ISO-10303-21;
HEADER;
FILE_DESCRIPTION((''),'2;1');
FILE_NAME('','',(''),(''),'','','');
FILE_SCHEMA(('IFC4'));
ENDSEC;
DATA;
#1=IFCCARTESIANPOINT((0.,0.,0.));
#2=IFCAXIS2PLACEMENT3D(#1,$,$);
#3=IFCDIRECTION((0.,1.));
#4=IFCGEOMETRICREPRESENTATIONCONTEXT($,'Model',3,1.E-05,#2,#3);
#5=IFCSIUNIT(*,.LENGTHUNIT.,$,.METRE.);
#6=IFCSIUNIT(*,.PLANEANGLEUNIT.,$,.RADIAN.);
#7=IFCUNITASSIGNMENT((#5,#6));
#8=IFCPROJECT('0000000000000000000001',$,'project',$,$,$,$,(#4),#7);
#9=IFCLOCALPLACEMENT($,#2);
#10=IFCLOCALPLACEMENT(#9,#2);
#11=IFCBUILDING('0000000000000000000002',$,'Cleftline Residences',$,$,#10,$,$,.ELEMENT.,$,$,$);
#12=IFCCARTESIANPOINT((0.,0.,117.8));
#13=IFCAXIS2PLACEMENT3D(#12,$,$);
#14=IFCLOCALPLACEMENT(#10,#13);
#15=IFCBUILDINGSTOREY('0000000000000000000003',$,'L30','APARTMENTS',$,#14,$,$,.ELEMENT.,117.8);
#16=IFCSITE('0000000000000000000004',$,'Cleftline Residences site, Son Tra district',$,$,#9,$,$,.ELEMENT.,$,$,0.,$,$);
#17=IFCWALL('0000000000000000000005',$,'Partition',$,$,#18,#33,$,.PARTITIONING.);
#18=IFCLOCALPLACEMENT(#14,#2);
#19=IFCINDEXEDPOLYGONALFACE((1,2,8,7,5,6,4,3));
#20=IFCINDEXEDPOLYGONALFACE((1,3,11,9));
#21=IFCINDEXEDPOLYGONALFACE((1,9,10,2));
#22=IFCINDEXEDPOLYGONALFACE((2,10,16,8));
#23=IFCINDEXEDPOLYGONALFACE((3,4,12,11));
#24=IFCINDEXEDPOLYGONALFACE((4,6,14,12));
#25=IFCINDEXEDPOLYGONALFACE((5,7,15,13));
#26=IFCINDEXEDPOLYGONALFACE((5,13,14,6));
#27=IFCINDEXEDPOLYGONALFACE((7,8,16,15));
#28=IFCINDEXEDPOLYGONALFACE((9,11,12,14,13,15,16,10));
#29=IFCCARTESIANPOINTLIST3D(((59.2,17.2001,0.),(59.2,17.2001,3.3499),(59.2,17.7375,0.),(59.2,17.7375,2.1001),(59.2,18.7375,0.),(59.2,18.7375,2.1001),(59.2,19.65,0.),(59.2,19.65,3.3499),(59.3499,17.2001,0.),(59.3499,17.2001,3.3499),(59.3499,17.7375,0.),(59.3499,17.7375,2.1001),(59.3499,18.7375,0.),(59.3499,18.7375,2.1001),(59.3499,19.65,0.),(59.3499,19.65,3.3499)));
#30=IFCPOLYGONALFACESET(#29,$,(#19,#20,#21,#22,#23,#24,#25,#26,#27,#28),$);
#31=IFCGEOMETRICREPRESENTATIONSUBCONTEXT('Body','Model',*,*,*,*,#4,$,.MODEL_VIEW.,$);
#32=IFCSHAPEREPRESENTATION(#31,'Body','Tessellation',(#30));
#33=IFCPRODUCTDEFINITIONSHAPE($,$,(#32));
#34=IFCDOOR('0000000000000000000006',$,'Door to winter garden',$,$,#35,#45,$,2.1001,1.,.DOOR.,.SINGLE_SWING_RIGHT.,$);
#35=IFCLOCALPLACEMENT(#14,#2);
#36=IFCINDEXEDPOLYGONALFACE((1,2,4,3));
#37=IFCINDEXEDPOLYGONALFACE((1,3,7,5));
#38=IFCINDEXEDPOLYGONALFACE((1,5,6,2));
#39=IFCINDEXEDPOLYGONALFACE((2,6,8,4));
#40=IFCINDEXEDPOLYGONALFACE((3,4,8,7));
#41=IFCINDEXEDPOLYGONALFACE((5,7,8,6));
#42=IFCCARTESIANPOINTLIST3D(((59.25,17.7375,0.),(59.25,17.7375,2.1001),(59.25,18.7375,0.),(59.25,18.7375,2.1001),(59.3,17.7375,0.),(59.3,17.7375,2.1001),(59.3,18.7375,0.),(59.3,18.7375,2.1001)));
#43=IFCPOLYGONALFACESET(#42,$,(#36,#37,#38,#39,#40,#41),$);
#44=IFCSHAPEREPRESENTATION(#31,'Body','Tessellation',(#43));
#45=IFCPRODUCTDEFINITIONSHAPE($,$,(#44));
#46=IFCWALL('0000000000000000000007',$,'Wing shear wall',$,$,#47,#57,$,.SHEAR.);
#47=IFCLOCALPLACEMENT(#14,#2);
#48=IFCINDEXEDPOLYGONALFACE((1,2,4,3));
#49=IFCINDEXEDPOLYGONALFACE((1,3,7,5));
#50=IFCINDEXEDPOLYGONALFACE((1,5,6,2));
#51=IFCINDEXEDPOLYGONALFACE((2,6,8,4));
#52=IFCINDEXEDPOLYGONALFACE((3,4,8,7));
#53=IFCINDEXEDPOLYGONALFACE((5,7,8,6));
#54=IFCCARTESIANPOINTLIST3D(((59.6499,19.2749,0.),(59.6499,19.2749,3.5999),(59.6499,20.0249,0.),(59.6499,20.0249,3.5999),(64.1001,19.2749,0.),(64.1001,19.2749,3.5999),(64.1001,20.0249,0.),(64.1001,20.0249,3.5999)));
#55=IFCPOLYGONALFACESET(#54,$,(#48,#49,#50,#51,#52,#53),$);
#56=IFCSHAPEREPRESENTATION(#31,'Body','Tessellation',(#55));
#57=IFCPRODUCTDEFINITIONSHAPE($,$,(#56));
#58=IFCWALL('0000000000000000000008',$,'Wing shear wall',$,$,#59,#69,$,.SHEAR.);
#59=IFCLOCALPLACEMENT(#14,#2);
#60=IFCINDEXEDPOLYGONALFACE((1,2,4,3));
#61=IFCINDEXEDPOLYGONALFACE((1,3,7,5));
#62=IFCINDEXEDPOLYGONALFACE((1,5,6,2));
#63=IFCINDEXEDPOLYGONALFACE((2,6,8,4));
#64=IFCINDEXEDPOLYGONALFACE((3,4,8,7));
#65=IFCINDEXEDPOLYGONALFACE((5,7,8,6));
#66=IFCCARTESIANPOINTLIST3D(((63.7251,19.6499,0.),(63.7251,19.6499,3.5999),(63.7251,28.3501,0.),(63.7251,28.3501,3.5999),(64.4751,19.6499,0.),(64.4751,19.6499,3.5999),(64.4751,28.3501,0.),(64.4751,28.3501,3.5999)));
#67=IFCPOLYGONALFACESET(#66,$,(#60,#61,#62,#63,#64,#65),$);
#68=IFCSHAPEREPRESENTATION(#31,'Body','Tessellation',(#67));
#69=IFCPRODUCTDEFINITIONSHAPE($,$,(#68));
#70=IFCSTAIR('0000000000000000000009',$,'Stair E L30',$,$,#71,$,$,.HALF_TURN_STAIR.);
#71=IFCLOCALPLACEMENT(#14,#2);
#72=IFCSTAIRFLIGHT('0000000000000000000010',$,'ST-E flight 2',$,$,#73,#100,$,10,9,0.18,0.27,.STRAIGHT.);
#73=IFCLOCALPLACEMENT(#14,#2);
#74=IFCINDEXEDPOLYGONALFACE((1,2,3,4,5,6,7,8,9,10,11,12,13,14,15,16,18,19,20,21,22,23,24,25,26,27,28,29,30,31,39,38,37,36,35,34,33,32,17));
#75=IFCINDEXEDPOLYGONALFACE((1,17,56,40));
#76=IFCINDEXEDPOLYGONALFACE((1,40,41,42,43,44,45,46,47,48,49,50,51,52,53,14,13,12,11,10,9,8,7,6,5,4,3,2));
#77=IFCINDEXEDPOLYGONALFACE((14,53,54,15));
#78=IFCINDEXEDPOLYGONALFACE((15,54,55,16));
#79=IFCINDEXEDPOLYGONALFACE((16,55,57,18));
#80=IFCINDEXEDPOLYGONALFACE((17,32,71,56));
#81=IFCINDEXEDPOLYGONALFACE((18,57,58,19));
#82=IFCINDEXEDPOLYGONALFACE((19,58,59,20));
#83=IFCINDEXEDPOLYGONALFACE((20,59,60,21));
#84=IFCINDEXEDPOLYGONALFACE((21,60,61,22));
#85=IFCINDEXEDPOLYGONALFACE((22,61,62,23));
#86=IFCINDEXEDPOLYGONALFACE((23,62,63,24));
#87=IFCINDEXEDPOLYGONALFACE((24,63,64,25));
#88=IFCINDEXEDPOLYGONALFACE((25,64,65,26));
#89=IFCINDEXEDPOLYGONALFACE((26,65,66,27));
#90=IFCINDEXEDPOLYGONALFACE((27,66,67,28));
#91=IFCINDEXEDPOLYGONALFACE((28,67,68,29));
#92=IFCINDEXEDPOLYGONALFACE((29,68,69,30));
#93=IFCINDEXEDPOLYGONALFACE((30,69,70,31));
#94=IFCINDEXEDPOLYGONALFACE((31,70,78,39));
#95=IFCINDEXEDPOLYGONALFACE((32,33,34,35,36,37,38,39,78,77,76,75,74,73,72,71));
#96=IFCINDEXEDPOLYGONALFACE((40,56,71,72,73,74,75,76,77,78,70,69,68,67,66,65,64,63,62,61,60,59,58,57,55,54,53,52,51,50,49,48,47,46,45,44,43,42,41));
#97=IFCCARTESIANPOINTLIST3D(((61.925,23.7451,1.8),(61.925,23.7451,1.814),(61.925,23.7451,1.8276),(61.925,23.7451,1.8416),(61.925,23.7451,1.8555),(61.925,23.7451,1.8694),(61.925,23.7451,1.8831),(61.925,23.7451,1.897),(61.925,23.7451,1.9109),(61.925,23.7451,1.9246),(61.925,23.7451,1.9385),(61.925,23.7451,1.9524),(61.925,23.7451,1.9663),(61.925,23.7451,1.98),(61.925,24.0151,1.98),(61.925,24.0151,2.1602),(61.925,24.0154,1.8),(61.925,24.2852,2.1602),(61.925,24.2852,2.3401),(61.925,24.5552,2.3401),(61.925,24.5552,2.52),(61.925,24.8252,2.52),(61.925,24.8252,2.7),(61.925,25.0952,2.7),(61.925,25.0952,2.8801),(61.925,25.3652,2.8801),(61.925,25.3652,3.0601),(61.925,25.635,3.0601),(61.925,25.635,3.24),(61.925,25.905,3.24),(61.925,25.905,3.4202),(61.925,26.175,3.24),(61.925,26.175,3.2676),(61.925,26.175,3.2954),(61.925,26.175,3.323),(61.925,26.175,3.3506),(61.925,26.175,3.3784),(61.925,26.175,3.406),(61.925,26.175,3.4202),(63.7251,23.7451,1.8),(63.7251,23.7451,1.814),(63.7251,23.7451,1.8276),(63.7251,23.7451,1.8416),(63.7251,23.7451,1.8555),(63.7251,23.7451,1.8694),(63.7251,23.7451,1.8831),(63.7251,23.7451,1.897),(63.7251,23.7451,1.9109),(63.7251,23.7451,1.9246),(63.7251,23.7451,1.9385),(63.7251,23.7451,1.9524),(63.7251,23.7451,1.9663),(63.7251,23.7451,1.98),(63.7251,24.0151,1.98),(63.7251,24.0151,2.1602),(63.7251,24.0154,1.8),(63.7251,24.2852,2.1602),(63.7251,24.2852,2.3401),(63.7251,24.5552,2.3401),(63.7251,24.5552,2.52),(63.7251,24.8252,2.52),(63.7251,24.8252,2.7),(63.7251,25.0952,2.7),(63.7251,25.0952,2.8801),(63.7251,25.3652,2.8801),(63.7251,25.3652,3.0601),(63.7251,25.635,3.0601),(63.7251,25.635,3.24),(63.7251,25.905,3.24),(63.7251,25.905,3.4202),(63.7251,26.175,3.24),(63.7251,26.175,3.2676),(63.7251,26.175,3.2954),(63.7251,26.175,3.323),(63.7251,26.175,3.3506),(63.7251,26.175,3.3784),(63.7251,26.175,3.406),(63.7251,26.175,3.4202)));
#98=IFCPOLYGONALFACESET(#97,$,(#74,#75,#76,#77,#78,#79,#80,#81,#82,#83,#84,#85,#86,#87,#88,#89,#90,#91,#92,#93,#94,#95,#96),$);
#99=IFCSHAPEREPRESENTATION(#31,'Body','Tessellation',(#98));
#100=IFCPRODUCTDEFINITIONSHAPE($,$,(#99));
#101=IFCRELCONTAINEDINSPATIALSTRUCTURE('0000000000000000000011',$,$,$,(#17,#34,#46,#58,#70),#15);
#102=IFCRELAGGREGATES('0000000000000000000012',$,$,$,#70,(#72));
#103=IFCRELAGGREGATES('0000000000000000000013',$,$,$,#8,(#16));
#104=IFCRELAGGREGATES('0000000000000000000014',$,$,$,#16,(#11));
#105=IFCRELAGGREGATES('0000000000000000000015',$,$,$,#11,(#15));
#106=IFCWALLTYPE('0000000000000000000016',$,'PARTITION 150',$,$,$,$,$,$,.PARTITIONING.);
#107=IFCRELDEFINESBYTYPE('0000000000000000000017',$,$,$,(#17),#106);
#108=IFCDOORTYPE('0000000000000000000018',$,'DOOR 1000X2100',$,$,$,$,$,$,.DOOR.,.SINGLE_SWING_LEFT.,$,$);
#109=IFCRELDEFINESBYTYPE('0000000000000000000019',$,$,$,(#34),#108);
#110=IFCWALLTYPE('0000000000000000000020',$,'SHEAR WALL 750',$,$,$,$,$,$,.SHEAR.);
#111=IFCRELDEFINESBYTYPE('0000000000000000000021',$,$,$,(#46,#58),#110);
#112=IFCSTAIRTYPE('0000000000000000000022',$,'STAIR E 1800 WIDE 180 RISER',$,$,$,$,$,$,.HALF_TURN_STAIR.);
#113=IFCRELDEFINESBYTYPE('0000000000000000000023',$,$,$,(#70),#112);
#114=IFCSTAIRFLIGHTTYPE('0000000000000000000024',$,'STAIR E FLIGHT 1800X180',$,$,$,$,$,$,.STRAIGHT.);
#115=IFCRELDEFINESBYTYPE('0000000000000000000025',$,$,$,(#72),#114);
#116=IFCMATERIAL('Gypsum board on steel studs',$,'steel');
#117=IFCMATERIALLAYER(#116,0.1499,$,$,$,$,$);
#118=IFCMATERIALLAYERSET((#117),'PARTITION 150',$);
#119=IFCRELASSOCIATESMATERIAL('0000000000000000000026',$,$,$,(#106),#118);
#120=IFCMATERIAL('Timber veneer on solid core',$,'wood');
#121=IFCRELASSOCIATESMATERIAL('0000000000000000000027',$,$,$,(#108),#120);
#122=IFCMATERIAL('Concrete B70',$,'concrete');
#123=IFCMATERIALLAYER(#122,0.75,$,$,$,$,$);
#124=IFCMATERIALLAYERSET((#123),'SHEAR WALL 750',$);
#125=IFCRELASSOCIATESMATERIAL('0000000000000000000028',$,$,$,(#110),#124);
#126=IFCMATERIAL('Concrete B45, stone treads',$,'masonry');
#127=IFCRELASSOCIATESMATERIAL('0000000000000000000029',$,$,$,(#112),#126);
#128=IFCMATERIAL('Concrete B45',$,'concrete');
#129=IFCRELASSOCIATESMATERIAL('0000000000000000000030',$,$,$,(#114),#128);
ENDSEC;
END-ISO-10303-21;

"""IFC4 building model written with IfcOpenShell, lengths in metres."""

from ifc_helpers import new_model, si_unit, direction, frame, frame_2d, origin, place, context, subcontext, project, spatial, polyline, rectangle, outline, extrude, material, layer, layer_set, type_object, element, fill, aggregate, save


model = new_model("IFC4")

# Units and contexts
model_context = context("Model", 3, precision=1e-05, world=origin(), true_north=direction((0.0, 1.0)))
body_context = subcontext(model_context, "Body", "Model", "MODEL_VIEW")
ifc_project = project(units=[si_unit("LENGTHUNIT", "METRE"), si_unit("PLANEANGLEUNIT", "RADIAN")], contexts=[model_context])

# Site, building, storey
site_placement = place(None, origin())
site = spatial("IfcSite", under=ifc_project, at=site_placement, Name="Cleftline Residences site, Son Tra district", CompositionType="ELEMENT", RefElevation=0.0)
building_placement = place(site_placement, origin())
building = spatial("IfcBuilding", under=site, at=building_placement, Name="Cleftline Residences", CompositionType="ELEMENT")
storey_placement = place(building_placement, frame((0.0, 0.0, 117.8)))
storey = spatial("IfcBuildingStorey", under=building, at=storey_placement, Name="L30", Description="APARTMENTS", CompositionType="ELEMENT", Elevation=117.8)

# Shared definitions
ifc_material_1 = material(Name="Gypsum board on steel studs", Category="steel")
ifc_layer_1 = layer(ifc_material_1, 0.1499)
ifc_layer_set_1 = layer_set([ifc_layer_1], Name="PARTITION 150")
wall_type_1 = type_object("IfcWallType", Name="PARTITION 150", PredefinedType="PARTITIONING", material=ifc_layer_set_1)

# Shared definitions
ifc_material_2 = material(Name="Timber veneer on solid core", Category="wood")
door_type_1 = type_object("IfcDoorType", Name="DOOR 1000X2100", OperationType="SINGLE_SWING_LEFT", PredefinedType="DOOR", material=ifc_material_2)

# Wall, opening, door
wall_1_placement = place(storey_placement, frame((59.2749, 17.2, 0.0), z_axis=(0.0, 0.0, 1.0), x_axis=(0.0, 1.0, 0.0)))
wall_1 = element("IfcWall", 1, at=wall_1_placement, inside=storey, type_object=wall_type_1, Name="Partition", PredefinedType="PARTITIONING", context=body_context, shape_type="SweptSolid", body=[
    extrude(rectangle(XDim=2.45, YDim=0.1499, at=frame_2d((1.2251, 0.0))), origin(), (0.0, 0.0, 1.0), 3.3499),
])
opening_1_placement = place(wall_1_placement, frame((0.5376, 0.0, 0.0)))
opening_1 = element("IfcOpeningElement", 2, at=opening_1_placement, cuts=wall_1, PredefinedType="OPENING", context=body_context, shape_type="SweptSolid", body=[
    extrude(rectangle(XDim=1.0, YDim=2.1001, at=frame_2d((0.5, 1.05))), frame((0.0, 0.085, 0.0), z_axis=(0.0, -1.0, 0.0), x_axis=(1.0, 0.0, 0.0)), (0.0, 0.0, 1.0), 0.1699),
])
door_1_placement = place(opening_1_placement, origin())
door_1 = element("IfcDoor", 3, at=door_1_placement, inside=storey, type_object=door_type_1, Name="Door to winter garden", OperationType="SINGLE_SWING_RIGHT", OverallHeight=2.1001, OverallWidth=1.0, PredefinedType="DOOR", context=body_context, shape_type="SweptSolid", body=[
    extrude(rectangle(XDim=1.0, YDim=2.1001, at=frame_2d((0.5, 1.05))), frame((0.0, 0.0249, 0.0), z_axis=(0.0, -1.0, 0.0), x_axis=(1.0, 0.0, 0.0)), (0.0, 0.0, 1.0), 0.05),
])
fill(opening_1, door_1)

# Walls
ifc_material_3 = material(Name="Concrete B70", Category="concrete")
ifc_layer_2 = layer(ifc_material_3, 0.75)
ifc_layer_set_2 = layer_set([ifc_layer_2], Name="SHEAR WALL 750")
wall_type_2 = type_object("IfcWallType", Name="SHEAR WALL 750", PredefinedType="SHEAR", material=ifc_layer_set_2)
wall_2_placement = place(storey_placement, frame((59.6499, 19.6499, 0.0), z_axis=(0.0, 0.0, 1.0), x_axis=(1.0, 0.0, 0.0)))
element("IfcWall", 4, at=wall_2_placement, inside=storey, type_object=wall_type_2, Name="Wing shear wall", PredefinedType="SHEAR", context=body_context, shape_type="SweptSolid", body=[
    extrude(rectangle(XDim=4.4502, YDim=0.75, at=frame_2d((2.2251, 0.0))), origin(), (0.0, 0.0, 1.0), 3.5999),
])
wall_3_placement = place(storey_placement, frame((64.1001, 19.6499, 0.0), z_axis=(0.0, 0.0, 1.0), x_axis=(0.0, 1.0, 0.0)))
element("IfcWall", 5, at=wall_3_placement, inside=storey, type_object=wall_type_2, Name="Wing shear wall", PredefinedType="SHEAR", context=body_context, shape_type="SweptSolid", body=[
    extrude(rectangle(XDim=8.7002, YDim=0.75, at=frame_2d((4.3501, 0.0))), origin(), (0.0, 0.0, 1.0), 3.5999),
])

# Stair, stair flight
ifc_material_4 = material(Name="Concrete B45, stone treads", Category="masonry")
stair_type = type_object("IfcStairType", Name="STAIR E 1800 WIDE 180 RISER", PredefinedType="HALF_TURN_STAIR", material=ifc_material_4)
stair_placement = place(storey_placement, origin())
stair = element("IfcStair", 6, at=stair_placement, inside=storey, type_object=stair_type, Name="Stair E L30", PredefinedType="HALF_TURN_STAIR")
ifc_material_5 = material(Name="Concrete B45", Category="concrete")
stair_flight_type = type_object("IfcStairFlightType", Name="STAIR E FLIGHT 1800X180", PredefinedType="STRAIGHT", material=ifc_material_5)
stair_flight_placement = place(storey_placement, frame((62.825, 23.7451, 1.8), z_axis=(0.0, 0.0, 1.0), x_axis=(0.0, 1.0, 0.0)))
stair_flight = element("IfcStairFlight", 7, at=stair_flight_placement, type_object=stair_flight_type, Name="ST-E flight 2", NumberOfRisers=10, NumberOfTreads=9, PredefinedType="STRAIGHT", RiserHeight=0.18, TreadLength=0.27, context=body_context, shape_type="SweptSolid", body=[
    extrude(outline(polyline([(0.0, 0.0), (0.0, 0.0139), (0.0, 0.0276), (0.0, 0.0415), (0.0, 0.0554), (0.0, 0.0693), (0.0, 0.083), (0.0, 0.0969), (0.0, 0.1108), (0.0, 0.1245), (0.0, 0.1384), (0.0, 0.1523), (0.0, 0.1663), (0.0, 0.1799), (0.27, 0.1799), (0.27, 0.3601), (0.54, 0.3601), (0.54, 0.54), (0.8101, 0.54), (0.8101, 0.72), (1.0801, 0.72), (1.0801, 0.8999), (1.3501, 0.8999), (1.3501, 1.0801), (1.6201, 1.0801), (1.6201, 1.26), (1.8899, 1.26), (1.8899, 1.4399), (2.1599, 1.4399), (2.1599, 1.6201), (2.4299, 1.6201), (2.4299, 1.8), (2.4299, 1.7722), (2.4299, 1.7446), (2.4299, 1.7168), (2.4299, 1.6892), (2.4299, 1.6614), (2.4299, 1.6338), (2.4299, 1.606), (2.4299, 1.5784), (2.4299, 1.5505), (2.4299, 1.5229), (2.4299, 1.4954), (2.4299, 1.4675), (2.4299, 1.4399), (0.2703, 0.0), (0.0, 0.0)])), frame((0.0, 0.8999, 0.0), z_axis=(0.0, -1.0, 0.0), x_axis=(1.0, 0.0, 0.0)), (0.0, 0.0, 1.0), 1.8),
])
aggregate(stair, [stair_flight])

save(model, "model.ifc")
